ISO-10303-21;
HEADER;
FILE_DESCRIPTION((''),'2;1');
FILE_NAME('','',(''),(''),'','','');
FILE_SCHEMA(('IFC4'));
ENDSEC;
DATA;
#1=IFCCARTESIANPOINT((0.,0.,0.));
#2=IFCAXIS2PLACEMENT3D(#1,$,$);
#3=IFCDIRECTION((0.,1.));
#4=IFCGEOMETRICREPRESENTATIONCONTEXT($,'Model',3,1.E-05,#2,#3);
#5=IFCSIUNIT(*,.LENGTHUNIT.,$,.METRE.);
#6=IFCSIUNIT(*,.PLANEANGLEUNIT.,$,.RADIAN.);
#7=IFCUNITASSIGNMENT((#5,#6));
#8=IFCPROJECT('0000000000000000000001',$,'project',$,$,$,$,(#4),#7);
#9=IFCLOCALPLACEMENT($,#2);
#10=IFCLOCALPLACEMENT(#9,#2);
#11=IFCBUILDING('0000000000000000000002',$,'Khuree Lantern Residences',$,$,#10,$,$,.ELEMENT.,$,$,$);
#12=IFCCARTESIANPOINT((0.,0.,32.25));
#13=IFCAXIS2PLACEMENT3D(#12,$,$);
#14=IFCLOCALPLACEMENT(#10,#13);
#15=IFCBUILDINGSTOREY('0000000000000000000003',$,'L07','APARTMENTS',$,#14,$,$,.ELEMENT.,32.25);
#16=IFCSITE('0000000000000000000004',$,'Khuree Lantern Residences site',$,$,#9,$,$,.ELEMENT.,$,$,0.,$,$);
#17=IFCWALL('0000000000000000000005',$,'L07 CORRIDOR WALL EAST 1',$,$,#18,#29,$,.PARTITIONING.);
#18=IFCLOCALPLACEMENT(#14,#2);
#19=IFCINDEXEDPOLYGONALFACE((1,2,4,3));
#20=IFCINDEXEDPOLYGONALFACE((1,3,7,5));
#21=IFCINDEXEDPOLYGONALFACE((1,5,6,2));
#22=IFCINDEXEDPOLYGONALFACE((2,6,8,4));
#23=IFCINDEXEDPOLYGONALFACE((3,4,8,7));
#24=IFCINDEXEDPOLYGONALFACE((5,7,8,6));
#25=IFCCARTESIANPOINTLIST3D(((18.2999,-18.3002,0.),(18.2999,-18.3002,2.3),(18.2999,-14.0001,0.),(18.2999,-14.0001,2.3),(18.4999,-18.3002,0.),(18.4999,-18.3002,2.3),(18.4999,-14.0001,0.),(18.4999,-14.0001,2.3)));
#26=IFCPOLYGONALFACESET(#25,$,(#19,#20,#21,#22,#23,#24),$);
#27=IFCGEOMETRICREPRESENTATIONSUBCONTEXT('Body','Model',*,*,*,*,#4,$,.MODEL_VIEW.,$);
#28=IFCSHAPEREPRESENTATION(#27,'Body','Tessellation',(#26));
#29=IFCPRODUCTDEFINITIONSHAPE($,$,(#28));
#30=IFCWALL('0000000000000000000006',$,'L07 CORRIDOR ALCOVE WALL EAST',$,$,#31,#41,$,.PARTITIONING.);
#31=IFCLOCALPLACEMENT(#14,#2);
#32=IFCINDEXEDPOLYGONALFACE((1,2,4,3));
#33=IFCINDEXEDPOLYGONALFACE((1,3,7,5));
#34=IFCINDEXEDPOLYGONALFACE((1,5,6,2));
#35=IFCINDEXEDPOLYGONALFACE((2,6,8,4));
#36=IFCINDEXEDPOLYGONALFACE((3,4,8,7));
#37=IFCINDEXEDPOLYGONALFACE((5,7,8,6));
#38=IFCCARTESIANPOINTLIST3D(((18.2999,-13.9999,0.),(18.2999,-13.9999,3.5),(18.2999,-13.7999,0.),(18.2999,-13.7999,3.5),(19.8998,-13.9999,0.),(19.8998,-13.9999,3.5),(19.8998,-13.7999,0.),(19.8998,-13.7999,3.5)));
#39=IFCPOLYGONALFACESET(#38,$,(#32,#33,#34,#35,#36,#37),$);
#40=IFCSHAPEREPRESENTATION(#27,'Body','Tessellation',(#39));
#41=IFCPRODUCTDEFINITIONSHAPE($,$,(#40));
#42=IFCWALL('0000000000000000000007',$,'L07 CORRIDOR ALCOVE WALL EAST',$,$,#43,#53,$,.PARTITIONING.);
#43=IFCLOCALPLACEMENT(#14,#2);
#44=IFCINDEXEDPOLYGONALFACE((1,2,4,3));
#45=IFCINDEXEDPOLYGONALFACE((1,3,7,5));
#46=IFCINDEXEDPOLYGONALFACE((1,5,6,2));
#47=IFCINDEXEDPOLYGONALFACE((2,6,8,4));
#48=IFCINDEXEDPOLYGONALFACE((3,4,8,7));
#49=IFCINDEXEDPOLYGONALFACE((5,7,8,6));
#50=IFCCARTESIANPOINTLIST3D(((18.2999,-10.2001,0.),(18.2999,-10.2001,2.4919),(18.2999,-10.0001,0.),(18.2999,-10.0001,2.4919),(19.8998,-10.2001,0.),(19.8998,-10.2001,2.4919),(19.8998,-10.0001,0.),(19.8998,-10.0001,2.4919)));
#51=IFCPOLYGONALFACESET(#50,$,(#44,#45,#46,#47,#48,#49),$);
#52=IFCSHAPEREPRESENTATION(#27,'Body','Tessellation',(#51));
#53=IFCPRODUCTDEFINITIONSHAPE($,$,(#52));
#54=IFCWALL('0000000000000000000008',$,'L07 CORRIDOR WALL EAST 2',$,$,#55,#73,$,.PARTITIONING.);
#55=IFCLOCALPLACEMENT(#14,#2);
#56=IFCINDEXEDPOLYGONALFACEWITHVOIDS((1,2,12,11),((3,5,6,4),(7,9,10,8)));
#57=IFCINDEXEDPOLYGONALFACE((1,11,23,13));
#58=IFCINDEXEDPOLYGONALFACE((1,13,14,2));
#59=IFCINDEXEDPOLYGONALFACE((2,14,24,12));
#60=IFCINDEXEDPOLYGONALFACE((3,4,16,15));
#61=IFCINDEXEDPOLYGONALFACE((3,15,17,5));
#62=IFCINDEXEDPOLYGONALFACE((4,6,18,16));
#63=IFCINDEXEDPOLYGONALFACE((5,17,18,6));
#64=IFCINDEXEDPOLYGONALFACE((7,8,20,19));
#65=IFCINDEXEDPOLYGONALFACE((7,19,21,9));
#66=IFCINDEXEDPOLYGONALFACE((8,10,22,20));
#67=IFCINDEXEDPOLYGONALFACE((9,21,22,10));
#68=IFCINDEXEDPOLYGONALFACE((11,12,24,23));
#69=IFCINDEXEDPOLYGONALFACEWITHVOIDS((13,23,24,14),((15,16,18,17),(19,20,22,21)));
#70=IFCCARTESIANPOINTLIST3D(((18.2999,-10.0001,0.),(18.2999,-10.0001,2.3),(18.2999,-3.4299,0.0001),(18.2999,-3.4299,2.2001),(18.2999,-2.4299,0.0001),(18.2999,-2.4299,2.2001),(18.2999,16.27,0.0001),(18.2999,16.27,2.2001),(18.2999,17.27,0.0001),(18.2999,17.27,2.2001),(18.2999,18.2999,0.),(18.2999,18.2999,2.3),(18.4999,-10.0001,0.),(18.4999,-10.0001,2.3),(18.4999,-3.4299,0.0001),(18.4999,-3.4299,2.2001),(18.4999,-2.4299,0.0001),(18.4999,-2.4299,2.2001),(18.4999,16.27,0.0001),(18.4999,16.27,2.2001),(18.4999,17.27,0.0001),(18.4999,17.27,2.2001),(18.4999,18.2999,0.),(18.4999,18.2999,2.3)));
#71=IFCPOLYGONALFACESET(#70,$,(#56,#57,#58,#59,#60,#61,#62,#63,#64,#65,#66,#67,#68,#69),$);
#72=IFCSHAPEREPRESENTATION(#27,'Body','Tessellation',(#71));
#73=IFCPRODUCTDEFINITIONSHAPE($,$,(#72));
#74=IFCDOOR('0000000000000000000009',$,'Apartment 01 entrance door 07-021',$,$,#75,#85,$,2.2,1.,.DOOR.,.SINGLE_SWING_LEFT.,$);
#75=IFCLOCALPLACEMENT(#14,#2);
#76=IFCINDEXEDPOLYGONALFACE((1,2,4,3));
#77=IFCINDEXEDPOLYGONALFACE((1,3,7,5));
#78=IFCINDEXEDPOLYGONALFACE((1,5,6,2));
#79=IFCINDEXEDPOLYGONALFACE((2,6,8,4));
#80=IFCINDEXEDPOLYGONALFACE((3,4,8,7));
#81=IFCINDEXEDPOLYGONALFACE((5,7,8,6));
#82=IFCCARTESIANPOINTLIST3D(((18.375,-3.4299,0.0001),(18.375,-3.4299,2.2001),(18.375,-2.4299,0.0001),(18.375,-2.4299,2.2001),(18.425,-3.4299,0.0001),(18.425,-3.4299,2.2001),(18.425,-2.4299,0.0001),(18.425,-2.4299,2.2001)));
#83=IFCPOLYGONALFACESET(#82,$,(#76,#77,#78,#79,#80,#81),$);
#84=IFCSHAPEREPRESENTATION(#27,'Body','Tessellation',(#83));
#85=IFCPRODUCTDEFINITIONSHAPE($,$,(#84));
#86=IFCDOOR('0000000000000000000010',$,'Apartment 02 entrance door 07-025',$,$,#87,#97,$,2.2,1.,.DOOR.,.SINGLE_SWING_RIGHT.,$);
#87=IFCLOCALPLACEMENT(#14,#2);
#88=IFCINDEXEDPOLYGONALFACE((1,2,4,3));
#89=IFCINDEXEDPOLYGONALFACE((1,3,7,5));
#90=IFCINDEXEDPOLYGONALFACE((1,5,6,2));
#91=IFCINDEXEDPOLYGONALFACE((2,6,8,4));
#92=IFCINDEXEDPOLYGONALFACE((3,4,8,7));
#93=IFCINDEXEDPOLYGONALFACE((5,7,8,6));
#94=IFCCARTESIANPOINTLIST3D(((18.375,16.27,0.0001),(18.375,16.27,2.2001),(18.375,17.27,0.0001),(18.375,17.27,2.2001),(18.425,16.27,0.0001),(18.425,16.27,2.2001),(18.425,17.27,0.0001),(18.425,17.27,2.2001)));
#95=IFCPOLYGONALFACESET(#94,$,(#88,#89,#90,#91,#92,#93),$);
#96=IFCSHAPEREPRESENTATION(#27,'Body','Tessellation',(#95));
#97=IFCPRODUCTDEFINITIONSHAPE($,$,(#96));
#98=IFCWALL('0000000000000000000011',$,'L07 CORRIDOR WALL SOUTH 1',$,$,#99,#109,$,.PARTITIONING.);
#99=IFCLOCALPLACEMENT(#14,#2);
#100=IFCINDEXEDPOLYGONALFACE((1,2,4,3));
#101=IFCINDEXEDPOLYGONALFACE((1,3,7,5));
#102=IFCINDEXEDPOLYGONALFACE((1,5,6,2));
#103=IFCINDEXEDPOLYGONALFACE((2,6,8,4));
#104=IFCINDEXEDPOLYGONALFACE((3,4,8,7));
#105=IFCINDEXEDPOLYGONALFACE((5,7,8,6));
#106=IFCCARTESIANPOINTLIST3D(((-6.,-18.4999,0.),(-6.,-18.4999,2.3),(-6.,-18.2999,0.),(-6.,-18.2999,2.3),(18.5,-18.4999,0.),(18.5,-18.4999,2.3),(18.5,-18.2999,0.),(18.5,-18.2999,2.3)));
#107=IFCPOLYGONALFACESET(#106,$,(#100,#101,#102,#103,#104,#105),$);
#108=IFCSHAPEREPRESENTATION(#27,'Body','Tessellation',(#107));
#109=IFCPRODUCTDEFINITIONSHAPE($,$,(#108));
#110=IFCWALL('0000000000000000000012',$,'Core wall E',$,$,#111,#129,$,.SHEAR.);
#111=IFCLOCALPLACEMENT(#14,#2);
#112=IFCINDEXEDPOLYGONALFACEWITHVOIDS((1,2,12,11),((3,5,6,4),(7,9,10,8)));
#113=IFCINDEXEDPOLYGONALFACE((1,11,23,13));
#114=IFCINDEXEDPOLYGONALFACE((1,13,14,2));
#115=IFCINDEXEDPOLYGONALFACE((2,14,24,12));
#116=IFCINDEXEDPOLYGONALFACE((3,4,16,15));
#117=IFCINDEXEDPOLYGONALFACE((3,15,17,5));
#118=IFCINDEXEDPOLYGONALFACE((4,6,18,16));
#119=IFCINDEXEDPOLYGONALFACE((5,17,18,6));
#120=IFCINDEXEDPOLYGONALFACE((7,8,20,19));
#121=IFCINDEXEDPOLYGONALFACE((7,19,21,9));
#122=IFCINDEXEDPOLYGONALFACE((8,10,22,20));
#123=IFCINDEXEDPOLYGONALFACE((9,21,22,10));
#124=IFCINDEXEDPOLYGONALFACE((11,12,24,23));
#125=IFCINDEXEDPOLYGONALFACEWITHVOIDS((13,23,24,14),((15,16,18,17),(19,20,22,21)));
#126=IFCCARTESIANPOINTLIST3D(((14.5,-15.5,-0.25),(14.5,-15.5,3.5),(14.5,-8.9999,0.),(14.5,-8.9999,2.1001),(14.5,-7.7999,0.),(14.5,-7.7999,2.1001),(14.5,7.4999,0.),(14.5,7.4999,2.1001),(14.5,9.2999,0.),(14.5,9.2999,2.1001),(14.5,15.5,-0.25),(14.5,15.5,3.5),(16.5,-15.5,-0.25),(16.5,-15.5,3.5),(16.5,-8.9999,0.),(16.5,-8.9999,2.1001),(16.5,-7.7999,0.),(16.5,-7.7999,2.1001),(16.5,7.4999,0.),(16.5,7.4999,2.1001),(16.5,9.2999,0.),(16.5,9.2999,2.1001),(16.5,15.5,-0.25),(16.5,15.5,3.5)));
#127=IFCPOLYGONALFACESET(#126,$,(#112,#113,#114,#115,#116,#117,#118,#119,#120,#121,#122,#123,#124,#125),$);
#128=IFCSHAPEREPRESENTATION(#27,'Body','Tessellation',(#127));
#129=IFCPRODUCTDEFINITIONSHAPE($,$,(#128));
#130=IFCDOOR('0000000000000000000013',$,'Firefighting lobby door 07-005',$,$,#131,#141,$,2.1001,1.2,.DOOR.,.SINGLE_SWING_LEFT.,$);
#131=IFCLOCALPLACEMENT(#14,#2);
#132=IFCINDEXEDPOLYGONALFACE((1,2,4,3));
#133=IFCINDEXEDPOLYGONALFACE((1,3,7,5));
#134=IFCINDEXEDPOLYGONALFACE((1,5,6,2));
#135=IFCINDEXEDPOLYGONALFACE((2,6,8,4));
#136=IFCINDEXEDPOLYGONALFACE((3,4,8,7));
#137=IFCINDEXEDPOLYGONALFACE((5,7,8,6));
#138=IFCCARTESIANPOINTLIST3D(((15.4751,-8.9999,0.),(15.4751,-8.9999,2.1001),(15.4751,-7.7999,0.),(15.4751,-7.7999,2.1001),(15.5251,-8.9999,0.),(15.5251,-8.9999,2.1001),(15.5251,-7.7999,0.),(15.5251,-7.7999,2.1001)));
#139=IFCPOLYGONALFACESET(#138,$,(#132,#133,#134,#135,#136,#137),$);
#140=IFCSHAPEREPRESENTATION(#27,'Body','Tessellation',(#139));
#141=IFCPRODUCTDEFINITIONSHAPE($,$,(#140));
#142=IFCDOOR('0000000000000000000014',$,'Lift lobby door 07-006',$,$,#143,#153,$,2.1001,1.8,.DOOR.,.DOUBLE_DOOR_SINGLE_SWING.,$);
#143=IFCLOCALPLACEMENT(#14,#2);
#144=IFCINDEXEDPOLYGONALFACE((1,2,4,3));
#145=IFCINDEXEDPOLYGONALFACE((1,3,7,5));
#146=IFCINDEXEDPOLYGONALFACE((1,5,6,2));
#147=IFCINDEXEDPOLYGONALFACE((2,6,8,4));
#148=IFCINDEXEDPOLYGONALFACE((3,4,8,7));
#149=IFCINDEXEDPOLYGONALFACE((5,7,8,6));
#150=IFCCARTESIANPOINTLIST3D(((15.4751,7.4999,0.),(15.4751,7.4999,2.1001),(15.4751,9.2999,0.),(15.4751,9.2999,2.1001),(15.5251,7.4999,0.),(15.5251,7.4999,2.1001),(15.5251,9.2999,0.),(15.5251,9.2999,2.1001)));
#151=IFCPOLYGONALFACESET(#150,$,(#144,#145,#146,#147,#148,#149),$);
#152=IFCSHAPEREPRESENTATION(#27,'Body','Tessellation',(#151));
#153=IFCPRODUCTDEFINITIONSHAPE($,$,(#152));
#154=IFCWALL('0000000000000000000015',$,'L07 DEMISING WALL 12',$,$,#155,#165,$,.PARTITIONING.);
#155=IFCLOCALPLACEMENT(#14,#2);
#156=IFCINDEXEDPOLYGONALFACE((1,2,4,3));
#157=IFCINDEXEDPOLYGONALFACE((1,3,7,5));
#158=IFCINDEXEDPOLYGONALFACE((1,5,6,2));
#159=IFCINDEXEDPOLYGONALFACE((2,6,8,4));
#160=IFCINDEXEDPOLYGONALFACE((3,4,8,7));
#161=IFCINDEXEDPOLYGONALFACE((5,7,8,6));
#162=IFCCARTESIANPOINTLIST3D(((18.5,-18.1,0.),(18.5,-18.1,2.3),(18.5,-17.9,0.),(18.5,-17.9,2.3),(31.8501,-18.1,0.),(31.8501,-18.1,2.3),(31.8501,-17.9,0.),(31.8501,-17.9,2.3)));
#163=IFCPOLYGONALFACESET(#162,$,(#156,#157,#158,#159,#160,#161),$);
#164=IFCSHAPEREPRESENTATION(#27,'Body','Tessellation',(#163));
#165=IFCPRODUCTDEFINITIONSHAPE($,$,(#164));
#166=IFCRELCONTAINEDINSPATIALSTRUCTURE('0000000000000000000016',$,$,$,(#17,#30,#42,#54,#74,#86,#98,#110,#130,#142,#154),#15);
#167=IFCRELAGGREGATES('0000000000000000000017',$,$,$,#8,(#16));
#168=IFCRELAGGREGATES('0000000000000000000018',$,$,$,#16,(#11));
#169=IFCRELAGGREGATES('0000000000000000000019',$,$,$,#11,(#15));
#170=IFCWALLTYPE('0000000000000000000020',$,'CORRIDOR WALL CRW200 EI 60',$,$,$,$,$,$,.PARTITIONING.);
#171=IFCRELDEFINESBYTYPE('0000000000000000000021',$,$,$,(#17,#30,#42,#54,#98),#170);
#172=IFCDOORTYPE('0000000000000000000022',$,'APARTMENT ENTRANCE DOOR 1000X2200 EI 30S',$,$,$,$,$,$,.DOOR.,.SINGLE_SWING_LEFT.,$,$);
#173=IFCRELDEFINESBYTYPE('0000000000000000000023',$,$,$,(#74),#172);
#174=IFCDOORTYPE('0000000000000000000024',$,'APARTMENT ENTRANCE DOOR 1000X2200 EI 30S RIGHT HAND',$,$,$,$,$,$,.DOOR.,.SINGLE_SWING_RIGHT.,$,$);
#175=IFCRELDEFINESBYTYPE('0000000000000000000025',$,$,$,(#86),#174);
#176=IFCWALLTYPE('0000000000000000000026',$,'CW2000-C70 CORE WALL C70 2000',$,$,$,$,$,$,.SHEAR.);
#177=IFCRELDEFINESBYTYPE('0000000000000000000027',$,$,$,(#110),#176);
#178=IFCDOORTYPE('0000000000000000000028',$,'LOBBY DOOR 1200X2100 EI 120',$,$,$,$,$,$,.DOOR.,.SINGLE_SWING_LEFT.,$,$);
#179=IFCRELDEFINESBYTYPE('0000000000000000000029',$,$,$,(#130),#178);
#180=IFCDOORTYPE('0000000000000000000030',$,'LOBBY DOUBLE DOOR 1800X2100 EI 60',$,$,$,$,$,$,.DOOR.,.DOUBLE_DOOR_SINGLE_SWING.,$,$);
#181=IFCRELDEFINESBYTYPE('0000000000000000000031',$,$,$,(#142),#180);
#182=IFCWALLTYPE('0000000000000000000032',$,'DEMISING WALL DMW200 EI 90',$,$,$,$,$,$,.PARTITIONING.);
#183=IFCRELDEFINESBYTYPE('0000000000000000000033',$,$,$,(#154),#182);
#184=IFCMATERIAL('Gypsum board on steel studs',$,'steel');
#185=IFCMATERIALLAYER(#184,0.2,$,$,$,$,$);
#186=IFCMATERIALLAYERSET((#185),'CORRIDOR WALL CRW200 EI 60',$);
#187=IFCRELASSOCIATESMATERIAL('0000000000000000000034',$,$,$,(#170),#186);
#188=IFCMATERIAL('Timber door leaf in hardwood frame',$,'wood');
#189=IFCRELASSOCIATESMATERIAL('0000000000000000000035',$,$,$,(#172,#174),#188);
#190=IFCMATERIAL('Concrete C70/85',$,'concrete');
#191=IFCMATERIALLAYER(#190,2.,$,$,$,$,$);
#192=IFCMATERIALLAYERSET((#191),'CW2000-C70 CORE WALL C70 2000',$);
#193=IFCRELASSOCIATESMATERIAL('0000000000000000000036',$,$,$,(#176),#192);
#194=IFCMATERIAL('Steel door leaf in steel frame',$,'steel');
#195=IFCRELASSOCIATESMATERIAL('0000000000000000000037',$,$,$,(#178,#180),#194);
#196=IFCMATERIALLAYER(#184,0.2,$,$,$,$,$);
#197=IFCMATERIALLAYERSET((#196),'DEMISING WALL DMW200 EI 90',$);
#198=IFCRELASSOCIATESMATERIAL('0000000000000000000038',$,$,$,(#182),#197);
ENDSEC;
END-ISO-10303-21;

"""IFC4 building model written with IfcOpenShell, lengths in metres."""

from ifc_helpers import new_model, si_unit, direction, frame, frame_2d, origin, place, context, subcontext, project, spatial, rectangle, extrude, material, layer, layer_set, type_object, element, fill, save


model = new_model("IFC4")

# Units and contexts
model_context = context("Model", 3, precision=1e-05, world=origin(), true_north=direction((0.0, 1.0)))
body_context = subcontext(model_context, "Body", "Model", "MODEL_VIEW")
ifc_project = project(units=[si_unit("LENGTHUNIT", "METRE"), si_unit("PLANEANGLEUNIT", "RADIAN")], contexts=[model_context])

# Site, building, storey
site_placement = place(None, origin())
site = spatial("IfcSite", under=ifc_project, at=site_placement, Name="Khuree Lantern Residences site", CompositionType="ELEMENT", RefElevation=0.0)
building_placement = place(site_placement, origin())
building = spatial("IfcBuilding", under=site, at=building_placement, Name="Khuree Lantern Residences", CompositionType="ELEMENT")
storey_placement = place(building_placement, frame((0.0, 0.0, 32.25)))
storey = spatial("IfcBuildingStorey", under=building, at=storey_placement, Name="L07", Description="APARTMENTS", CompositionType="ELEMENT", Elevation=32.25)

# Shared definitions
ifc_material_1 = material(Name="Concrete C70/85", Category="concrete")

# Shared definitions
ifc_material_2 = material(Name="Timber door leaf in hardwood frame", Category="wood")

# Walls
ifc_material_3 = material(Name="Gypsum board on steel studs", Category="steel")
ifc_layer_1 = layer(ifc_material_3, 0.2)
ifc_layer_set_1 = layer_set([ifc_layer_1], Name="CORRIDOR WALL CRW200 EI 60")
wall_type_1 = type_object("IfcWallType", Name="CORRIDOR WALL CRW200 EI 60", PredefinedType="PARTITIONING", material=ifc_layer_set_1)
wall_1_placement = place(storey_placement, frame((18.3999, -18.3, 0.0), z_axis=(0.0, 0.0, 1.0), x_axis=(0.0, 1.0, 0.0)))
element("IfcWall", 1, at=wall_1_placement, inside=storey, type_object=wall_type_1, Name="L07 CORRIDOR WALL EAST 1", PredefinedType="PARTITIONING", context=body_context, shape_type="SweptSolid", body=[
    extrude(rectangle(XDim=4.3, YDim=0.2, at=frame_2d((2.1499, 0.0))), origin(), (0.0, 0.0, 1.0), 2.3),
])
wall_2_placement = place(storey_placement, frame((18.3, -13.8999, 0.0), z_axis=(0.0, 0.0, 1.0), x_axis=(1.0, 0.0, 0.0)))
element("IfcWall", 2, at=wall_2_placement, inside=storey, type_object=wall_type_1, Name="L07 CORRIDOR ALCOVE WALL EAST", PredefinedType="PARTITIONING", context=body_context, shape_type="SweptSolid", body=[
    extrude(rectangle(XDim=1.5999, YDim=0.2, at=frame_2d((0.7998, 0.0))), origin(), (0.0, 0.0, 1.0), 3.5),
])
wall_3_placement = place(storey_placement, frame((18.3, -10.1001, 0.0), z_axis=(0.0, 0.0, 1.0), x_axis=(1.0, 0.0, 0.0)))
element("IfcWall", 3, at=wall_3_placement, inside=storey, type_object=wall_type_1, Name="L07 CORRIDOR ALCOVE WALL EAST", PredefinedType="PARTITIONING", context=body_context, shape_type="SweptSolid", body=[
    extrude(rectangle(XDim=1.5999, YDim=0.2, at=frame_2d((0.7998, 0.0))), origin(), (0.0, 0.0, 1.0), 2.4919),
])

# Wall, openings, doors
wall_4_placement = place(storey_placement, frame((18.3999, -10.0, 0.0), z_axis=(0.0, 0.0, 1.0), x_axis=(0.0, 1.0, 0.0)))
wall_4 = element("IfcWall", 4, at=wall_4_placement, inside=storey, type_object=wall_type_1, Name="L07 CORRIDOR WALL EAST 2", PredefinedType="PARTITIONING", context=body_context, shape_type="SweptSolid", body=[
    extrude(rectangle(XDim=28.3, YDim=0.2, at=frame_2d((14.1499, 0.0))), origin(), (0.0, 0.0, 1.0), 2.3),
])
opening_1_placement = place(wall_4_placement, frame((6.5701, 0.0, 0.0)))
opening_1 = element("IfcOpeningElement", 5, at=opening_1_placement, cuts=wall_4, PredefinedType="OPENING", context=body_context, shape_type="SweptSolid", body=[
    extrude(rectangle(XDim=1.0, YDim=2.2, at=frame_2d((0.5, 1.1001))), frame((0.0, 0.1099, 0.0), z_axis=(0.0, -1.0, 0.0), x_axis=(1.0, 0.0, 0.0)), (0.0, 0.0, 1.0), 0.22),
])
opening_2_placement = place(wall_4_placement, frame((26.27, 0.0, 0.0)))
opening_2 = element("IfcOpeningElement", 6, at=opening_2_placement, cuts=wall_4, PredefinedType="OPENING", context=body_context, shape_type="SweptSolid", body=[
    extrude(rectangle(XDim=1.0, YDim=2.2, at=frame_2d((0.5, 1.1001))), frame((0.0, 0.1099, 0.0), z_axis=(0.0, -1.0, 0.0), x_axis=(1.0, 0.0, 0.0)), (0.0, 0.0, 1.0), 0.22),
])
door_type_1 = type_object("IfcDoorType", Name="APARTMENT ENTRANCE DOOR 1000X2200 EI 30S", OperationType="SINGLE_SWING_LEFT", PredefinedType="DOOR", material=ifc_material_2)
door_1_placement = place(opening_1_placement, origin())
door_1 = element("IfcDoor", 7, at=door_1_placement, inside=storey, type_object=door_type_1, Name="Apartment 01 entrance door 07-021", OperationType="SINGLE_SWING_LEFT", OverallHeight=2.2, OverallWidth=1.0, PredefinedType="DOOR", context=body_context, shape_type="SweptSolid", body=[
    extrude(rectangle(XDim=1.0, YDim=2.2, at=frame_2d((0.5, 1.1001))), frame((0.0, 0.0249, 0.0), z_axis=(0.0, -1.0, 0.0), x_axis=(1.0, 0.0, 0.0)), (0.0, 0.0, 1.0), 0.05),
])
fill(opening_1, door_1)
door_type_2 = type_object("IfcDoorType", Name="APARTMENT ENTRANCE DOOR 1000X2200 EI 30S RIGHT HAND", OperationType="SINGLE_SWING_RIGHT", PredefinedType="DOOR", material=ifc_material_2)
door_2_placement = place(opening_2_placement, origin())
door_2 = element("IfcDoor", 8, at=door_2_placement, inside=storey, type_object=door_type_2, Name="Apartment 02 entrance door 07-025", OperationType="SINGLE_SWING_RIGHT", OverallHeight=2.2, OverallWidth=1.0, PredefinedType="DOOR", context=body_context, shape_type="SweptSolid", body=[
    extrude(rectangle(XDim=1.0, YDim=2.2, at=frame_2d((0.5, 1.1001))), frame((0.0, 0.0249, 0.0), z_axis=(0.0, -1.0, 0.0), x_axis=(1.0, 0.0, 0.0)), (0.0, 0.0, 1.0), 0.05),
])
fill(opening_2, door_2)

# Wall
wall_5_placement = place(storey_placement, frame((18.5, -18.3999, 0.0), z_axis=(0.0, 0.0, 1.0), x_axis=(-1.0, 0.0, 0.0)))
element("IfcWall", 9, at=wall_5_placement, inside=storey, type_object=wall_type_1, Name="L07 CORRIDOR WALL SOUTH 1", PredefinedType="PARTITIONING", context=body_context, shape_type="SweptSolid", body=[
    extrude(rectangle(XDim=24.5, YDim=0.2, at=frame_2d((12.25, 0.0))), origin(), (0.0, 0.0, 1.0), 2.3),
])

# Wall, openings, doors
ifc_layer_2 = layer(ifc_material_1, 2.0)
ifc_layer_set_2 = layer_set([ifc_layer_2], Name="CW2000-C70 CORE WALL C70 2000")
wall_type_2 = type_object("IfcWallType", Name="CW2000-C70 CORE WALL C70 2000", PredefinedType="SHEAR", material=ifc_layer_set_2)
wall_6_placement = place(storey_placement, frame((15.5, -15.5, -0.25), z_axis=(0.0, 0.0, 1.0), x_axis=(0.0, 1.0, 0.0)))
wall_6 = element("IfcWall", 10, at=wall_6_placement, inside=storey, type_object=wall_type_2, Name="Core wall E", PredefinedType="SHEAR", context=body_context, shape_type="SweptSolid", body=[
    extrude(rectangle(XDim=31.0, YDim=2.0, at=frame_2d((15.5, 0.0))), origin(), (0.0, 0.0, 1.0), 3.75),
])
opening_3_placement = place(wall_6_placement, frame((6.5, 0.0, 0.25)))
opening_3 = element("IfcOpeningElement", 11, at=opening_3_placement, cuts=wall_6, PredefinedType="OPENING", context=body_context, shape_type="SweptSolid", body=[
    extrude(rectangle(XDim=1.2, YDim=2.1001, at=frame_2d((0.6001, 1.05))), frame((0.0, 1.01, 0.0), z_axis=(0.0, -1.0, 0.0), x_axis=(1.0, 0.0, 0.0)), (0.0, 0.0, 1.0), 2.02),
])
opening_4_placement = place(wall_6_placement, frame((23.0, 0.0, 0.25)))
opening_4 = element("IfcOpeningElement", 12, at=opening_4_placement, cuts=wall_6, PredefinedType="OPENING", context=body_context, shape_type="SweptSolid", body=[
    extrude(rectangle(XDim=1.8, YDim=2.1001, at=frame_2d((0.8999, 1.05))), frame((0.0, 1.01, 0.0), z_axis=(0.0, -1.0, 0.0), x_axis=(1.0, 0.0, 0.0)), (0.0, 0.0, 1.0), 2.02),
])
ifc_material_4 = material(Name="Steel door leaf in steel frame", Category="steel")
door_type_3 = type_object("IfcDoorType", Name="LOBBY DOOR 1200X2100 EI 120", OperationType="SINGLE_SWING_LEFT", PredefinedType="DOOR", material=ifc_material_4)
door_3_placement = place(opening_3_placement, origin())
door_3 = element("IfcDoor", 13, at=door_3_placement, inside=storey, type_object=door_type_3, Name="Firefighting lobby door 07-005", OperationType="SINGLE_SWING_LEFT", OverallHeight=2.1001, OverallWidth=1.2, PredefinedType="DOOR", context=body_context, shape_type="SweptSolid", body=[
    extrude(rectangle(XDim=1.2, YDim=2.1001, at=frame_2d((0.6001, 1.05))), frame((0.0, 0.0249, 0.0), z_axis=(0.0, -1.0, 0.0), x_axis=(1.0, 0.0, 0.0)), (0.0, 0.0, 1.0), 0.05),
])
fill(opening_3, door_3)
door_type_4 = type_object("IfcDoorType", Name="LOBBY DOUBLE DOOR 1800X2100 EI 60", OperationType="DOUBLE_DOOR_SINGLE_SWING", PredefinedType="DOOR", material=ifc_material_4)
door_4_placement = place(opening_4_placement, origin())
door_4 = element("IfcDoor", 14, at=door_4_placement, inside=storey, type_object=door_type_4, Name="Lift lobby door 07-006", OperationType="DOUBLE_DOOR_SINGLE_SWING", OverallHeight=2.1001, OverallWidth=1.8, PredefinedType="DOOR", context=body_context, shape_type="SweptSolid", body=[
    extrude(rectangle(XDim=1.8, YDim=2.1001, at=frame_2d((0.8999, 1.05))), frame((0.0, 0.0249, 0.0), z_axis=(0.0, -1.0, 0.0), x_axis=(1.0, 0.0, 0.0)), (0.0, 0.0, 1.0), 0.05),
])
fill(opening_4, door_4)

# Wall
ifc_layer_3 = layer(ifc_material_3, 0.2)
ifc_layer_set_3 = layer_set([ifc_layer_3], Name="DEMISING WALL DMW200 EI 90")
wall_type_3 = type_object("IfcWallType", Name="DEMISING WALL DMW200 EI 90", PredefinedType="PARTITIONING", material=ifc_layer_set_3)
wall_7_placement = place(storey_placement, frame((18.5, -18.0, 0.0), z_axis=(0.0, 0.0, 1.0), x_axis=(1.0, 0.0, 0.0)))
element("IfcWall", 15, at=wall_7_placement, inside=storey, type_object=wall_type_3, Name="L07 DEMISING WALL 12", PredefinedType="PARTITIONING", context=body_context, shape_type="SweptSolid", body=[
    extrude(rectangle(XDim=13.3501, YDim=0.2, at=frame_2d((6.675, 0.0))), origin(), (0.0, 0.0, 1.0), 2.3),
])

save(model, "model.ifc")
